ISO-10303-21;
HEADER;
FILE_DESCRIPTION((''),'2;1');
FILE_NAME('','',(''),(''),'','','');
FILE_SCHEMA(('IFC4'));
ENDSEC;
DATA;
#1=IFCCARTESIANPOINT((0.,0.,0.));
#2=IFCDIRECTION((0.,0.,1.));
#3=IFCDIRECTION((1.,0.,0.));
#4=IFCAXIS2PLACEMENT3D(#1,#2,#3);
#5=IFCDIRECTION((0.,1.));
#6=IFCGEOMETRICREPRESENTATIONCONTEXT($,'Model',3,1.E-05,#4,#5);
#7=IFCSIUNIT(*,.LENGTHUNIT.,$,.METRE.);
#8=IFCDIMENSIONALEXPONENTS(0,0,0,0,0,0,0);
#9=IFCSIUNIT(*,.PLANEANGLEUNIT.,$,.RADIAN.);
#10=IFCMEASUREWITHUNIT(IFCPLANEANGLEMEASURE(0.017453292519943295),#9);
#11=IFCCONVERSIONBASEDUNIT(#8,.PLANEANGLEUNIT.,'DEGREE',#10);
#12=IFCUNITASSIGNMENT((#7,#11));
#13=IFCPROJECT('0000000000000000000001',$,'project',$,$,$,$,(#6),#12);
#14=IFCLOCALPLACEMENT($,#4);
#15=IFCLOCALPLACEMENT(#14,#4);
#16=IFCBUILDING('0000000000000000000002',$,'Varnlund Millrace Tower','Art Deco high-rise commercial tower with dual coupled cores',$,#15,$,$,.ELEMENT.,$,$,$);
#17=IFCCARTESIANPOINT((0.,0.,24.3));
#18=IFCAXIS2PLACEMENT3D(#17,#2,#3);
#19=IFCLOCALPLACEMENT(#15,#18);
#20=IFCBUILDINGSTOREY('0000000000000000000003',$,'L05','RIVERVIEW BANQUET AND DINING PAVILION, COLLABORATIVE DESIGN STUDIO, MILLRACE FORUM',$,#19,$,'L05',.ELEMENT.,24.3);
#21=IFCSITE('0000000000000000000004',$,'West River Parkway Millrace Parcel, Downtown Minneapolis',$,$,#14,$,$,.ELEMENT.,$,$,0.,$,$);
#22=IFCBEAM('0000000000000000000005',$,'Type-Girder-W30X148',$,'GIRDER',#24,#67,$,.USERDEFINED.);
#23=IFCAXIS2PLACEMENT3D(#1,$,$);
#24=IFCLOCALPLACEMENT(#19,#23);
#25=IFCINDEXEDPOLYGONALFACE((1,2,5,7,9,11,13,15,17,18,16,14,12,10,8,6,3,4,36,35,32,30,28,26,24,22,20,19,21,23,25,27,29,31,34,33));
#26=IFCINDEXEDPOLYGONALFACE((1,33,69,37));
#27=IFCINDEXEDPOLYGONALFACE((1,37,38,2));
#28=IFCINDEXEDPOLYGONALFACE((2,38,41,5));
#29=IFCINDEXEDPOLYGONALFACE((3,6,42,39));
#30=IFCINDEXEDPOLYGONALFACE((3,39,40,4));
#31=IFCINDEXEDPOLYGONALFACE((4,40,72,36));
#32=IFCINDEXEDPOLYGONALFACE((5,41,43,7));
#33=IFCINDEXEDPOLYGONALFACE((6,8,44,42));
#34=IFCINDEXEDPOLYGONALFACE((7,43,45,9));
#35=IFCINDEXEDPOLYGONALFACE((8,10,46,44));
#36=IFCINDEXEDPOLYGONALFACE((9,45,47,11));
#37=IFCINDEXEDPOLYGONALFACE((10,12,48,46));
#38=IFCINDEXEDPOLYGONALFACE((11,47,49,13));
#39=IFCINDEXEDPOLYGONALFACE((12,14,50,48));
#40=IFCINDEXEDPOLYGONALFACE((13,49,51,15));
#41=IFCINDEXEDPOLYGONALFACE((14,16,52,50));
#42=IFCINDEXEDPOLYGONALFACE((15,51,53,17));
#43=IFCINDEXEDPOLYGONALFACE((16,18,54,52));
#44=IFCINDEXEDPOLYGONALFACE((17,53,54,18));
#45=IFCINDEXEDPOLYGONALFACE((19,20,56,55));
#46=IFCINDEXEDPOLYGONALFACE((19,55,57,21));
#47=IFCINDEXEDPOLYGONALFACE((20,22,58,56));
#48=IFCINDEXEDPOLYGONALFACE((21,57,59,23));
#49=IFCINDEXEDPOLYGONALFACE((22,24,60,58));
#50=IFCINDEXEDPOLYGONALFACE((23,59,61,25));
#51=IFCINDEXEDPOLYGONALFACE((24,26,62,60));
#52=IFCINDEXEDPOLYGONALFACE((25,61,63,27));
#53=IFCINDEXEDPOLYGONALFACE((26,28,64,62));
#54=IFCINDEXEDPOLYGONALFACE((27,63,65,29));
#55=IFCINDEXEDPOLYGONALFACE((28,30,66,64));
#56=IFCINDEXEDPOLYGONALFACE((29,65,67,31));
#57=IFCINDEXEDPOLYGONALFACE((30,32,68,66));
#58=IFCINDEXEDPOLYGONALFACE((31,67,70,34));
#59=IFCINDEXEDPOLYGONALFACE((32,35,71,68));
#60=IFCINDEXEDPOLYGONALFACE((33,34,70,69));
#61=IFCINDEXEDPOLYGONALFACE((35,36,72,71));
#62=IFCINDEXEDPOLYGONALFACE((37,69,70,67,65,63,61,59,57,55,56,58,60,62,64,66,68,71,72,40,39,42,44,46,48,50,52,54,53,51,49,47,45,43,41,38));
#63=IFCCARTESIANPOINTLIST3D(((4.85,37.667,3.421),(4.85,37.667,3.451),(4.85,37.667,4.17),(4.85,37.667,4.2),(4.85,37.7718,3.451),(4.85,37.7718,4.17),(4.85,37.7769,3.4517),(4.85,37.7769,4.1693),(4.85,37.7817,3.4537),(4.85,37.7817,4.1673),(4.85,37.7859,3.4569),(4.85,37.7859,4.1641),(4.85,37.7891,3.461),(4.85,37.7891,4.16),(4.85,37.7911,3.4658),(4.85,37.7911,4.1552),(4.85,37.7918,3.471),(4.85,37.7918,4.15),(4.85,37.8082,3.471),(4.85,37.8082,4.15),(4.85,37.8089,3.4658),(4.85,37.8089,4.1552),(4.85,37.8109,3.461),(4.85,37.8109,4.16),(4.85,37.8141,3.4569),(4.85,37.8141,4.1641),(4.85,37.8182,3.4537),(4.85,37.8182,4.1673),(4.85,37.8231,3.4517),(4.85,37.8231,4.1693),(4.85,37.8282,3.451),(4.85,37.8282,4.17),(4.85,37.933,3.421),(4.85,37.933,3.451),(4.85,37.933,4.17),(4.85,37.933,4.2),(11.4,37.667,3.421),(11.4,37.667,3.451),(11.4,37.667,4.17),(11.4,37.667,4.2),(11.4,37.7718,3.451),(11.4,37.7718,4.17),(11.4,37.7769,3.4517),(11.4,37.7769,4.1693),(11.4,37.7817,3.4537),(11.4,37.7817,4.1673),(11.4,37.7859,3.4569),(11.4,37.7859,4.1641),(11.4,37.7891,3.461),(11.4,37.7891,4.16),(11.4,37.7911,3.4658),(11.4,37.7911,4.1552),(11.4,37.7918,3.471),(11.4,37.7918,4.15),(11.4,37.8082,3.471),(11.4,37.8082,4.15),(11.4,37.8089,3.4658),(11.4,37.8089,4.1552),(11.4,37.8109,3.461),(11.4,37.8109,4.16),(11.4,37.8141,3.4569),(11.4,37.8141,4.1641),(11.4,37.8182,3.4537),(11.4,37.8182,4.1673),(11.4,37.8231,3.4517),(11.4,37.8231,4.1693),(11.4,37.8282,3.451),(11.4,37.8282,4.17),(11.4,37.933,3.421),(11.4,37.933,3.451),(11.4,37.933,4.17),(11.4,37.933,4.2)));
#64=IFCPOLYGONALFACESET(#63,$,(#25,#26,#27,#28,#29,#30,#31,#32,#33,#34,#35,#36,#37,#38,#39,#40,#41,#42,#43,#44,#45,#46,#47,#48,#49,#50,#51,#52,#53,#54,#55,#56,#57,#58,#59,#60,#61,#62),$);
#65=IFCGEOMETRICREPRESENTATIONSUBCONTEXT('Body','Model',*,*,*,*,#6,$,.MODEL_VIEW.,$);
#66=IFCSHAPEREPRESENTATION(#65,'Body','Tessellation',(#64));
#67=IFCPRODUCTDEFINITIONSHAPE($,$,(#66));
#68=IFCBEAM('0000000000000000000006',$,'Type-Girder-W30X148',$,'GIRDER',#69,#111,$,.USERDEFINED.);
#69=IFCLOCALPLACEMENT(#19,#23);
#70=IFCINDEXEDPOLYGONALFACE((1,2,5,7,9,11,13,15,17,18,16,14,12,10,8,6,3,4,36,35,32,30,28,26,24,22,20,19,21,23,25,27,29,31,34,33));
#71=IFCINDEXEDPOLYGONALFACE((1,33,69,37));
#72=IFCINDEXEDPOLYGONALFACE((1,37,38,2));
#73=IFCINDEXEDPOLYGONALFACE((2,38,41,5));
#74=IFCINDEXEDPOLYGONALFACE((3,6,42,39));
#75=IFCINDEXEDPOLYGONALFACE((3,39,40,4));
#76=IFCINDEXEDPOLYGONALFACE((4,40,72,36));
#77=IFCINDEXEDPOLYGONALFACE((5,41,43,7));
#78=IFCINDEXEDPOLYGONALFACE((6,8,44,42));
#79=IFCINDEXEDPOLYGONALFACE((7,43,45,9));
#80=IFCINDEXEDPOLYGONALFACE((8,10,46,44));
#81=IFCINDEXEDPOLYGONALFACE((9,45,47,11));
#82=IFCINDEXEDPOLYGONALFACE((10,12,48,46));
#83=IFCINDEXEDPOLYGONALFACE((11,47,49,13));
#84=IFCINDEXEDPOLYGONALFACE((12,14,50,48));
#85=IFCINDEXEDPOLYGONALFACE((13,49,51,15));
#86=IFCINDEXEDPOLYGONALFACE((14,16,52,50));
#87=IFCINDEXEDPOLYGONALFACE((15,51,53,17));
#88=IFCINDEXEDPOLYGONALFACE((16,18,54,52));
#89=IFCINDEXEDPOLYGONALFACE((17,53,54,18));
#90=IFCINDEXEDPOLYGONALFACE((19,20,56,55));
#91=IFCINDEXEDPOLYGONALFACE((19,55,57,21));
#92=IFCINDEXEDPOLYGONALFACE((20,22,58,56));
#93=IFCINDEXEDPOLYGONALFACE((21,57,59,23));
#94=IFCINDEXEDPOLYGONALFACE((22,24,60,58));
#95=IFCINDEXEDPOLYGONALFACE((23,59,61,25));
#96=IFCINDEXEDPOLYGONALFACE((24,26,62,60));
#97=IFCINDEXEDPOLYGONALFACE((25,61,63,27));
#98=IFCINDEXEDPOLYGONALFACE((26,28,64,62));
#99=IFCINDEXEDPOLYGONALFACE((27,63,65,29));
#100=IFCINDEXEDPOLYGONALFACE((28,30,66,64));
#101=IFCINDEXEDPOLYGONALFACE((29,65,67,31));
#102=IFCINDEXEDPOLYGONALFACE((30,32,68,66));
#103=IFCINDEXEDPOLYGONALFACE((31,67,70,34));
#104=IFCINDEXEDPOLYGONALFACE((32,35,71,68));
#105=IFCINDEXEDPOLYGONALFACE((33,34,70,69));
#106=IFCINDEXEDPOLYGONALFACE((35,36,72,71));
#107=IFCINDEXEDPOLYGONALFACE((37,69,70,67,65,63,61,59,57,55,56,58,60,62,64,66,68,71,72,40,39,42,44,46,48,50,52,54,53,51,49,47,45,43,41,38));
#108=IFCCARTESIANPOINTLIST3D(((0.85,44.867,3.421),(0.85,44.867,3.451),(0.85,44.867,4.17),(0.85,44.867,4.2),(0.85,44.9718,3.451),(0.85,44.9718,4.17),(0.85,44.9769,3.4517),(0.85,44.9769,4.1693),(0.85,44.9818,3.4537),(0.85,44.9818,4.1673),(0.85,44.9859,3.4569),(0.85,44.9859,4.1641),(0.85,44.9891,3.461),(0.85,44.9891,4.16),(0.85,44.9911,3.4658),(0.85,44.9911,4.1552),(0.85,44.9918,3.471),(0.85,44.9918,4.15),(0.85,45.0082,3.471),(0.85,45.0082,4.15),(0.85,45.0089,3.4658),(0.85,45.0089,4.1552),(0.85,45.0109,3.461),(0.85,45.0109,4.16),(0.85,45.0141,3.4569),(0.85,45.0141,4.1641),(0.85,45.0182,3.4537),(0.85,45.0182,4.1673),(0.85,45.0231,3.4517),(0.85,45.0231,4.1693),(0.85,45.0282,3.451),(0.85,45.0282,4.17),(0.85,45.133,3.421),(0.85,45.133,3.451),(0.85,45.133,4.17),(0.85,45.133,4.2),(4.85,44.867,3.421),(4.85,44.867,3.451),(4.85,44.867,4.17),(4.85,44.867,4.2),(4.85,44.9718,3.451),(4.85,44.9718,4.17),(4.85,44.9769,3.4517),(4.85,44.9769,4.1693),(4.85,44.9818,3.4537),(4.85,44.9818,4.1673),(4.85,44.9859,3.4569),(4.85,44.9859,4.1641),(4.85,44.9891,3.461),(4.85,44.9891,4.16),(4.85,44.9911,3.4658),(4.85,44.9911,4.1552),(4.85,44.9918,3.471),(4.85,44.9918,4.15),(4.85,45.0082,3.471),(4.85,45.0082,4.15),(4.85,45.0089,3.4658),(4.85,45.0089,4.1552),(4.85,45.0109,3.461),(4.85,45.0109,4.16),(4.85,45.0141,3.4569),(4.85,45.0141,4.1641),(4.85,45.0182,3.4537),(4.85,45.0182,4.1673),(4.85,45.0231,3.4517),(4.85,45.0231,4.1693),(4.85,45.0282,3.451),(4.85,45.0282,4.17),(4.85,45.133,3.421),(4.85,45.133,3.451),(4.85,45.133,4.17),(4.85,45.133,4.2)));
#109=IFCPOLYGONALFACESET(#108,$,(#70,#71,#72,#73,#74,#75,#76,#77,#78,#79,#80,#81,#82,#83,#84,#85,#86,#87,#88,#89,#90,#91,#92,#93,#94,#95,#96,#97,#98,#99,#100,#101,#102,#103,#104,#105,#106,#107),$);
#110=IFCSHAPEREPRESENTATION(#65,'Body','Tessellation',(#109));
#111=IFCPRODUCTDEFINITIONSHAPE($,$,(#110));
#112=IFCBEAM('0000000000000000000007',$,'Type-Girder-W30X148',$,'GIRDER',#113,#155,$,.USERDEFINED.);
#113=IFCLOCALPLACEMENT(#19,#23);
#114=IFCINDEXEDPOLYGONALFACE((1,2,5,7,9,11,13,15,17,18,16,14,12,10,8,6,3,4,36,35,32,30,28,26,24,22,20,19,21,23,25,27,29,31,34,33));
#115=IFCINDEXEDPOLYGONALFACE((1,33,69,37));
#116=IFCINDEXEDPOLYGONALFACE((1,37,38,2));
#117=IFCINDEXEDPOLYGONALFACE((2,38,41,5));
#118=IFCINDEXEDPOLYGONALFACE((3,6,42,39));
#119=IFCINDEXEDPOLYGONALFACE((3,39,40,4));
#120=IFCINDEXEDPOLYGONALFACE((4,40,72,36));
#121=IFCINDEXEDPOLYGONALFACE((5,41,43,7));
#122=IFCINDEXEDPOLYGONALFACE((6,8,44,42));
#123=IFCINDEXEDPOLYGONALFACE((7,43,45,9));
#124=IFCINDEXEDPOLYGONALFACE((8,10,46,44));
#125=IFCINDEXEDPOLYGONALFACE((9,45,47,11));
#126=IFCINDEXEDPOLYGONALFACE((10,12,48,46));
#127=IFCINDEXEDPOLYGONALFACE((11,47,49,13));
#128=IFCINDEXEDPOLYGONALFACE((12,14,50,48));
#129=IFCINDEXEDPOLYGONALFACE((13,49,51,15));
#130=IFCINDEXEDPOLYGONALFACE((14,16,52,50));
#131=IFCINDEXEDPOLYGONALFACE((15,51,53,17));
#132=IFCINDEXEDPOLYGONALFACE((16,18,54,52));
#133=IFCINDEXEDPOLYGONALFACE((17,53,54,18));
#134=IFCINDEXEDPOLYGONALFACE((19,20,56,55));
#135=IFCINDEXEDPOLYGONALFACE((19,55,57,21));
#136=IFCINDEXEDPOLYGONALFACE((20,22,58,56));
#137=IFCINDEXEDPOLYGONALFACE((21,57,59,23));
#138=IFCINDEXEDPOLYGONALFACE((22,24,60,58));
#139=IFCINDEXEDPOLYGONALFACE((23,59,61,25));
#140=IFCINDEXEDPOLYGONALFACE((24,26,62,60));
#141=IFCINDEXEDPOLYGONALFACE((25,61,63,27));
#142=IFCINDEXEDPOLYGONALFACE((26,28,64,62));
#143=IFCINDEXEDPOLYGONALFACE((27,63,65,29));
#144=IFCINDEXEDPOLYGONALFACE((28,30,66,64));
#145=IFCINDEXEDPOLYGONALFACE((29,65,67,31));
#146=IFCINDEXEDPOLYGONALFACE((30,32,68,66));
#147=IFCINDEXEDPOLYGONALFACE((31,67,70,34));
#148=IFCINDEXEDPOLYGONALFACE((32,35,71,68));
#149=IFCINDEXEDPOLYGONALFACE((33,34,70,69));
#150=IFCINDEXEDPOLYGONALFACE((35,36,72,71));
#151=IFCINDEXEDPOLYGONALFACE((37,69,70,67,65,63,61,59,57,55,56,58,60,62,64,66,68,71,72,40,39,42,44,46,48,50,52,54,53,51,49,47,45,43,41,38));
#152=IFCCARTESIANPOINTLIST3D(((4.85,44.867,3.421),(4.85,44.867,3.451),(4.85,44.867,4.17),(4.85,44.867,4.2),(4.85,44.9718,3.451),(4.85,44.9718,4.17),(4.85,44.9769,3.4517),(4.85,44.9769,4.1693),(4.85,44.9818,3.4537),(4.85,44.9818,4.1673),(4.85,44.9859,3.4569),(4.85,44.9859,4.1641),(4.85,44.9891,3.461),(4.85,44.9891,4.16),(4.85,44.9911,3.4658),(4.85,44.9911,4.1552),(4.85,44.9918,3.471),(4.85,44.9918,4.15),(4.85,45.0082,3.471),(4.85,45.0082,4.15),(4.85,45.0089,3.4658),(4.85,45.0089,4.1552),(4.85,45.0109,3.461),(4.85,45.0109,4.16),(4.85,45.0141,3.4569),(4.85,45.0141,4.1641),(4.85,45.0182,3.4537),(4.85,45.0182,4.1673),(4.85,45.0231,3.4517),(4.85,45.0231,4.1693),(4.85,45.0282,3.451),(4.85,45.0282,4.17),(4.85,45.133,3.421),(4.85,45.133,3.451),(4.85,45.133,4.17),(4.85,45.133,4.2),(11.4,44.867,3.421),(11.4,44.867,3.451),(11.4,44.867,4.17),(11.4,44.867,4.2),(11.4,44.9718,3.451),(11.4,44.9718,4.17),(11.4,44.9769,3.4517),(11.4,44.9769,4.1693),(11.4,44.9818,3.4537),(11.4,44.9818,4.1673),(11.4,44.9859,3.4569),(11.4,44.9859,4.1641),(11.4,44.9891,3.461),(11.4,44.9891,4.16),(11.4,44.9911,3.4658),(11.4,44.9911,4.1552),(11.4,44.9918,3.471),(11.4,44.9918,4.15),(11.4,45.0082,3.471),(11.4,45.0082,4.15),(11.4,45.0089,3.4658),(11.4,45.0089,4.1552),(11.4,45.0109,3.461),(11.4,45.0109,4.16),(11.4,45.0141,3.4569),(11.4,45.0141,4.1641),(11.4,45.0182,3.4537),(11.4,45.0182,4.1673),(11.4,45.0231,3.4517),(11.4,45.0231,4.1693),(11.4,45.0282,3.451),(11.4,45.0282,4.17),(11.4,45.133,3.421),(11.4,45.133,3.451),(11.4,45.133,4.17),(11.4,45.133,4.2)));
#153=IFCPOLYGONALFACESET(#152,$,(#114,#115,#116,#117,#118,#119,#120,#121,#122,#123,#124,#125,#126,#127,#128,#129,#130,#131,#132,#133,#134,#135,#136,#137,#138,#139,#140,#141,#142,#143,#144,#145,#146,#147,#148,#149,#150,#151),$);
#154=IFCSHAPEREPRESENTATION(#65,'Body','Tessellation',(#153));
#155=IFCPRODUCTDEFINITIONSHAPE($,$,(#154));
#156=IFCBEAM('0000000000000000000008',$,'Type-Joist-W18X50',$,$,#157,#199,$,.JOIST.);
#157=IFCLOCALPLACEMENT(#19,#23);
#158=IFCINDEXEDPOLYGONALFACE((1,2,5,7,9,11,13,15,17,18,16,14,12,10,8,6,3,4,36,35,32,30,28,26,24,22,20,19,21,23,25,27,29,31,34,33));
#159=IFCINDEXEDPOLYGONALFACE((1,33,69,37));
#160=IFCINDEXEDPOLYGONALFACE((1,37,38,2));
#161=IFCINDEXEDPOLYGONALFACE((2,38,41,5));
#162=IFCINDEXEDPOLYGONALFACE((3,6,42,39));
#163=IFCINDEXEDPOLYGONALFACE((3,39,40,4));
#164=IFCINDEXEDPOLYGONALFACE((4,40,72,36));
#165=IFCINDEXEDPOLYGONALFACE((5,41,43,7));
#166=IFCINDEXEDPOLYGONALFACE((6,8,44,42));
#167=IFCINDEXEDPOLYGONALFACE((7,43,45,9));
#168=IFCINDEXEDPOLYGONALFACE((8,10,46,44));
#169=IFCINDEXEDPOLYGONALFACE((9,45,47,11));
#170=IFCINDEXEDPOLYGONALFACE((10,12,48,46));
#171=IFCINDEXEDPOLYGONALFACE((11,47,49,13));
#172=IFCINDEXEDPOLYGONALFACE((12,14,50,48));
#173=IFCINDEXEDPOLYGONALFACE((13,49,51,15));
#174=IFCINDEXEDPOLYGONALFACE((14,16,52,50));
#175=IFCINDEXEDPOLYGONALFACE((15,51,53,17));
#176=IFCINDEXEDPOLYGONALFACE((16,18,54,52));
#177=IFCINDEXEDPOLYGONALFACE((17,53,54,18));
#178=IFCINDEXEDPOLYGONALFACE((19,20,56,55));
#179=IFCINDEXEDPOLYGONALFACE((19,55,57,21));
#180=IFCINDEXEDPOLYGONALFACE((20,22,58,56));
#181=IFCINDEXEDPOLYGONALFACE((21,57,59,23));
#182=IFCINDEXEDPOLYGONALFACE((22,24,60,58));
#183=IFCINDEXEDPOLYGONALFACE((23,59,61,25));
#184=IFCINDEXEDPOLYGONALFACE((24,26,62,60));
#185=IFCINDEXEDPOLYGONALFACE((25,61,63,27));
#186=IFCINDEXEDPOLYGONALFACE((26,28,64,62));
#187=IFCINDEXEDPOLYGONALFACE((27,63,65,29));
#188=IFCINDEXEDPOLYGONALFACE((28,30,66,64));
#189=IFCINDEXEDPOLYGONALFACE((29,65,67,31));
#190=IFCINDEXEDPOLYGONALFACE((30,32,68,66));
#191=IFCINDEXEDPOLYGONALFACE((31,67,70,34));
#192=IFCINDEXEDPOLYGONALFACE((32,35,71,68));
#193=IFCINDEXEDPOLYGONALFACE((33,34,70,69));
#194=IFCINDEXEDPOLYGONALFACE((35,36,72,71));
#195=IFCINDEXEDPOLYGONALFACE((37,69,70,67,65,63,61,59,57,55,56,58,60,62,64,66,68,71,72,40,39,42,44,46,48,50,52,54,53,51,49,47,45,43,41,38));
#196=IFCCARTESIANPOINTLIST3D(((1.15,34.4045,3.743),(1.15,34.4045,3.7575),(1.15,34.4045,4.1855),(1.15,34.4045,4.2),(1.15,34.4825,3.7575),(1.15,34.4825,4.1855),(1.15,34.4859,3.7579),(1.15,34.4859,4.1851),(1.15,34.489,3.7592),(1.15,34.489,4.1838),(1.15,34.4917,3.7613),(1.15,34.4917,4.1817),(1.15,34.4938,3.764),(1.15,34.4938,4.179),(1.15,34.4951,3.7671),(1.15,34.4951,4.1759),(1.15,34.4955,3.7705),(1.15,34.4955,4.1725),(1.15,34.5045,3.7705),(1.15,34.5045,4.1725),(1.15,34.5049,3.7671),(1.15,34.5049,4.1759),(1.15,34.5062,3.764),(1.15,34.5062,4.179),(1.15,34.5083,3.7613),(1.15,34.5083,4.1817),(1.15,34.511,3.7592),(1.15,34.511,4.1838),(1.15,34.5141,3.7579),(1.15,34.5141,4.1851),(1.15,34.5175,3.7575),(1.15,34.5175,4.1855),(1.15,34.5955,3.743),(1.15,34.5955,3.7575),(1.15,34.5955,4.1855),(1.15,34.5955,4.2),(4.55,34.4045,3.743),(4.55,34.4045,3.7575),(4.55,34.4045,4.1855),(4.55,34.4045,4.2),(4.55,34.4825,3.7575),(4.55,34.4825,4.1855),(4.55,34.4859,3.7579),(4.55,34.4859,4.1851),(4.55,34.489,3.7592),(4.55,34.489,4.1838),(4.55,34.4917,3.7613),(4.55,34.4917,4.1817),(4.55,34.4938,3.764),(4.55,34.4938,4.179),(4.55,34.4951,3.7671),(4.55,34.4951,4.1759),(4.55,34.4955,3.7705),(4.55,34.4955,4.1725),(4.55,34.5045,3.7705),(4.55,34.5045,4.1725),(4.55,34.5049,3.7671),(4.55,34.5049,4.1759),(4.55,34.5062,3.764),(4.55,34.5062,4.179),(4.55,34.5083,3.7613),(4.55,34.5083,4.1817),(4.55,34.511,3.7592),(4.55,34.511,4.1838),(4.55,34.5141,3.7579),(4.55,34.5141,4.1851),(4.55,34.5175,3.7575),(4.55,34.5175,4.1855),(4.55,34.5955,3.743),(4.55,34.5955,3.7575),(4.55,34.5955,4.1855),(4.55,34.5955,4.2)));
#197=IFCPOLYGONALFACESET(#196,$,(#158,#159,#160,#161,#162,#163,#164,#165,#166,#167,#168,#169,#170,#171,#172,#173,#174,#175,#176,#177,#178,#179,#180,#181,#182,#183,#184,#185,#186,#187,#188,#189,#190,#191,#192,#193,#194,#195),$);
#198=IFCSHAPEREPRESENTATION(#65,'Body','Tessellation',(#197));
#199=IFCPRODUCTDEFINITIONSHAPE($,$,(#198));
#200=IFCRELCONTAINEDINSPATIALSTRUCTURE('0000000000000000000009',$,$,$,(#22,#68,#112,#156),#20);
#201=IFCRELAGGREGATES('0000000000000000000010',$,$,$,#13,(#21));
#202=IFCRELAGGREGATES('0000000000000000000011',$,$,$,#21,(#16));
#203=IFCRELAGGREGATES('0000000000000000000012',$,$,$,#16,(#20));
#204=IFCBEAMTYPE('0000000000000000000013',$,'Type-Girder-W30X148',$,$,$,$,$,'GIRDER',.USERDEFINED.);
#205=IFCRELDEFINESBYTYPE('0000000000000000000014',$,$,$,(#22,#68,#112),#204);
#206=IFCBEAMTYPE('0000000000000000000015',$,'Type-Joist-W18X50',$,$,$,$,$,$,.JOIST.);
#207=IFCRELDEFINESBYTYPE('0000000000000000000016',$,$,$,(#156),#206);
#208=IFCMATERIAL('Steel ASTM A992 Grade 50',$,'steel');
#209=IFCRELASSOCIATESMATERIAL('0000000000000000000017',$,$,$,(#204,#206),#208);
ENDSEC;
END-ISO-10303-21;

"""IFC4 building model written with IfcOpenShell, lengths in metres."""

from ifc_helpers import new_model, entity, si_unit, converted_unit, direction, frame, origin_with_axes, origin_2d_with_axis, place, context, subcontext, project, spatial, i_section, extrude, material, material_profile, profile_set, type_object, element, save


model = new_model("IFC4")

# Units and contexts
model_context = context("Model", 3, precision=1e-05, world=origin_with_axes(), true_north=direction((0.0, 1.0)))
body_context = subcontext(model_context, "Body", "Model", "MODEL_VIEW")
ifc_project = project(units=[si_unit("LENGTHUNIT", "METRE"), converted_unit("PLANEANGLEUNIT", "DEGREE", entity("IfcPlaneAngleMeasure", 0.017453292519943295), si_unit("PLANEANGLEUNIT", "RADIAN"), dimensions=[0, 0, 0, 0, 0, 0, 0])], contexts=[model_context])

# Site, building, storey
site_placement = place(None, origin_with_axes())
site = spatial("IfcSite", under=ifc_project, at=site_placement, Name="West River Parkway Millrace Parcel, Downtown Minneapolis", CompositionType="ELEMENT", RefElevation=0.0)
building_placement = place(site_placement, origin_with_axes())
building = spatial("IfcBuilding", under=site, at=building_placement, Name="Varnlund Millrace Tower", Description="Art Deco high-rise commercial tower with dual coupled cores", CompositionType="ELEMENT")
storey_placement = place(building_placement, frame((0.0, 0.0, 24.3), z_axis=(0.0, 0.0, 1.0), x_axis=(1.0, 0.0, 0.0)))
storey = spatial("IfcBuildingStorey", under=building, at=storey_placement, Name="L05", Description="RIVERVIEW BANQUET AND DINING PAVILION, COLLABORATIVE DESIGN STUDIO, MILLRACE FORUM", LongName="L05", CompositionType="ELEMENT", Elevation=24.3)

# Beams
ifc_material_1 = material(Name="Steel ASTM A992 Grade 50", Category="steel")
ifc_material_profile_1 = material_profile(ifc_material_1, i_section(OverallWidth=0.266, OverallDepth=0.779, WebThickness=0.0165, FlangeThickness=0.03, FilletRadius=0.02, at=origin_2d_with_axis()), Name="Steel ASTM A992 Grade 50")
ifc_profile_set_1 = profile_set([ifc_material_profile_1], Name="Steel ASTM A992 Grade 50")
beam_type_1 = type_object("IfcBeamType", Name="Type-Girder-W30X148", ElementType="GIRDER", PredefinedType="USERDEFINED", material=ifc_profile_set_1)
beam_1_placement = place(storey_placement, frame((4.85, 37.8, 3.8105), z_axis=(1.0, 0.0, 0.0), x_axis=(0.0, 1.0, 0.0)))
element("IfcBeam", 1, at=beam_1_placement, inside=storey, type_object=beam_type_1, Name="Type-Girder-W30X148", ObjectType="GIRDER", PredefinedType="USERDEFINED", context=body_context, shape_type="SweptSolid", body=[
    extrude(i_section(OverallWidth=0.266, OverallDepth=0.779, WebThickness=0.0165, FlangeThickness=0.03, FilletRadius=0.02, at=origin_2d_with_axis()), origin_with_axes(), (0.0, 0.0, 1.0), 6.55),
])
beam_2_placement = place(storey_placement, frame((0.85, 45.0, 3.8105), z_axis=(1.0, 0.0, 0.0), x_axis=(0.0, 1.0, 0.0)))
element("IfcBeam", 2, at=beam_2_placement, inside=storey, type_object=beam_type_1, Name="Type-Girder-W30X148", ObjectType="GIRDER", PredefinedType="USERDEFINED", context=body_context, shape_type="SweptSolid", body=[
    extrude(i_section(OverallWidth=0.266, OverallDepth=0.779, WebThickness=0.0165, FlangeThickness=0.03, FilletRadius=0.02, at=origin_2d_with_axis()), origin_with_axes(), (0.0, 0.0, 1.0), 4.0),
])
beam_3_placement = place(storey_placement, frame((4.85, 45.0, 3.8105), z_axis=(1.0, 0.0, 0.0), x_axis=(0.0, 1.0, 0.0)))
element("IfcBeam", 3, at=beam_3_placement, inside=storey, type_object=beam_type_1, Name="Type-Girder-W30X148", ObjectType="GIRDER", PredefinedType="USERDEFINED", context=body_context, shape_type="SweptSolid", body=[
    extrude(i_section(OverallWidth=0.266, OverallDepth=0.779, WebThickness=0.0165, FlangeThickness=0.03, FilletRadius=0.02, at=origin_2d_with_axis()), origin_with_axes(), (0.0, 0.0, 1.0), 6.55),
])
ifc_material_profile_2 = material_profile(ifc_material_1, i_section(OverallWidth=0.191, OverallDepth=0.457, WebThickness=0.009, FlangeThickness=0.0145, FilletRadius=0.013, at=origin_2d_with_axis()), Name="Steel ASTM A992 Grade 50")
ifc_profile_set_2 = profile_set([ifc_material_profile_2], Name="Steel ASTM A992 Grade 50")
beam_type_2 = type_object("IfcBeamType", Name="Type-Joist-W18X50", PredefinedType="JOIST", material=ifc_profile_set_2)
for number, where, z_axis, x_axis, name in (
    (4, (1.15, 34.5, 3.9715), (1.0, 0.0, 0.0), (0.0, 1.0, 0.0), "Type-Joist-W18X50"),
):
    element("IfcBeam", number, at=place(storey_placement, frame(where, z_axis=z_axis, x_axis=x_axis)), inside=storey, type_object=beam_type_2, Name=name, PredefinedType="JOIST", context=body_context, shape_type="SweptSolid", body=[
        extrude(i_section(OverallWidth=0.191, OverallDepth=0.457, WebThickness=0.009, FlangeThickness=0.0145, FilletRadius=0.013, at=origin_2d_with_axis()), origin_with_axes(), (0.0, 0.0, 1.0), 3.4),
    ])

save(model, "model.ifc")
